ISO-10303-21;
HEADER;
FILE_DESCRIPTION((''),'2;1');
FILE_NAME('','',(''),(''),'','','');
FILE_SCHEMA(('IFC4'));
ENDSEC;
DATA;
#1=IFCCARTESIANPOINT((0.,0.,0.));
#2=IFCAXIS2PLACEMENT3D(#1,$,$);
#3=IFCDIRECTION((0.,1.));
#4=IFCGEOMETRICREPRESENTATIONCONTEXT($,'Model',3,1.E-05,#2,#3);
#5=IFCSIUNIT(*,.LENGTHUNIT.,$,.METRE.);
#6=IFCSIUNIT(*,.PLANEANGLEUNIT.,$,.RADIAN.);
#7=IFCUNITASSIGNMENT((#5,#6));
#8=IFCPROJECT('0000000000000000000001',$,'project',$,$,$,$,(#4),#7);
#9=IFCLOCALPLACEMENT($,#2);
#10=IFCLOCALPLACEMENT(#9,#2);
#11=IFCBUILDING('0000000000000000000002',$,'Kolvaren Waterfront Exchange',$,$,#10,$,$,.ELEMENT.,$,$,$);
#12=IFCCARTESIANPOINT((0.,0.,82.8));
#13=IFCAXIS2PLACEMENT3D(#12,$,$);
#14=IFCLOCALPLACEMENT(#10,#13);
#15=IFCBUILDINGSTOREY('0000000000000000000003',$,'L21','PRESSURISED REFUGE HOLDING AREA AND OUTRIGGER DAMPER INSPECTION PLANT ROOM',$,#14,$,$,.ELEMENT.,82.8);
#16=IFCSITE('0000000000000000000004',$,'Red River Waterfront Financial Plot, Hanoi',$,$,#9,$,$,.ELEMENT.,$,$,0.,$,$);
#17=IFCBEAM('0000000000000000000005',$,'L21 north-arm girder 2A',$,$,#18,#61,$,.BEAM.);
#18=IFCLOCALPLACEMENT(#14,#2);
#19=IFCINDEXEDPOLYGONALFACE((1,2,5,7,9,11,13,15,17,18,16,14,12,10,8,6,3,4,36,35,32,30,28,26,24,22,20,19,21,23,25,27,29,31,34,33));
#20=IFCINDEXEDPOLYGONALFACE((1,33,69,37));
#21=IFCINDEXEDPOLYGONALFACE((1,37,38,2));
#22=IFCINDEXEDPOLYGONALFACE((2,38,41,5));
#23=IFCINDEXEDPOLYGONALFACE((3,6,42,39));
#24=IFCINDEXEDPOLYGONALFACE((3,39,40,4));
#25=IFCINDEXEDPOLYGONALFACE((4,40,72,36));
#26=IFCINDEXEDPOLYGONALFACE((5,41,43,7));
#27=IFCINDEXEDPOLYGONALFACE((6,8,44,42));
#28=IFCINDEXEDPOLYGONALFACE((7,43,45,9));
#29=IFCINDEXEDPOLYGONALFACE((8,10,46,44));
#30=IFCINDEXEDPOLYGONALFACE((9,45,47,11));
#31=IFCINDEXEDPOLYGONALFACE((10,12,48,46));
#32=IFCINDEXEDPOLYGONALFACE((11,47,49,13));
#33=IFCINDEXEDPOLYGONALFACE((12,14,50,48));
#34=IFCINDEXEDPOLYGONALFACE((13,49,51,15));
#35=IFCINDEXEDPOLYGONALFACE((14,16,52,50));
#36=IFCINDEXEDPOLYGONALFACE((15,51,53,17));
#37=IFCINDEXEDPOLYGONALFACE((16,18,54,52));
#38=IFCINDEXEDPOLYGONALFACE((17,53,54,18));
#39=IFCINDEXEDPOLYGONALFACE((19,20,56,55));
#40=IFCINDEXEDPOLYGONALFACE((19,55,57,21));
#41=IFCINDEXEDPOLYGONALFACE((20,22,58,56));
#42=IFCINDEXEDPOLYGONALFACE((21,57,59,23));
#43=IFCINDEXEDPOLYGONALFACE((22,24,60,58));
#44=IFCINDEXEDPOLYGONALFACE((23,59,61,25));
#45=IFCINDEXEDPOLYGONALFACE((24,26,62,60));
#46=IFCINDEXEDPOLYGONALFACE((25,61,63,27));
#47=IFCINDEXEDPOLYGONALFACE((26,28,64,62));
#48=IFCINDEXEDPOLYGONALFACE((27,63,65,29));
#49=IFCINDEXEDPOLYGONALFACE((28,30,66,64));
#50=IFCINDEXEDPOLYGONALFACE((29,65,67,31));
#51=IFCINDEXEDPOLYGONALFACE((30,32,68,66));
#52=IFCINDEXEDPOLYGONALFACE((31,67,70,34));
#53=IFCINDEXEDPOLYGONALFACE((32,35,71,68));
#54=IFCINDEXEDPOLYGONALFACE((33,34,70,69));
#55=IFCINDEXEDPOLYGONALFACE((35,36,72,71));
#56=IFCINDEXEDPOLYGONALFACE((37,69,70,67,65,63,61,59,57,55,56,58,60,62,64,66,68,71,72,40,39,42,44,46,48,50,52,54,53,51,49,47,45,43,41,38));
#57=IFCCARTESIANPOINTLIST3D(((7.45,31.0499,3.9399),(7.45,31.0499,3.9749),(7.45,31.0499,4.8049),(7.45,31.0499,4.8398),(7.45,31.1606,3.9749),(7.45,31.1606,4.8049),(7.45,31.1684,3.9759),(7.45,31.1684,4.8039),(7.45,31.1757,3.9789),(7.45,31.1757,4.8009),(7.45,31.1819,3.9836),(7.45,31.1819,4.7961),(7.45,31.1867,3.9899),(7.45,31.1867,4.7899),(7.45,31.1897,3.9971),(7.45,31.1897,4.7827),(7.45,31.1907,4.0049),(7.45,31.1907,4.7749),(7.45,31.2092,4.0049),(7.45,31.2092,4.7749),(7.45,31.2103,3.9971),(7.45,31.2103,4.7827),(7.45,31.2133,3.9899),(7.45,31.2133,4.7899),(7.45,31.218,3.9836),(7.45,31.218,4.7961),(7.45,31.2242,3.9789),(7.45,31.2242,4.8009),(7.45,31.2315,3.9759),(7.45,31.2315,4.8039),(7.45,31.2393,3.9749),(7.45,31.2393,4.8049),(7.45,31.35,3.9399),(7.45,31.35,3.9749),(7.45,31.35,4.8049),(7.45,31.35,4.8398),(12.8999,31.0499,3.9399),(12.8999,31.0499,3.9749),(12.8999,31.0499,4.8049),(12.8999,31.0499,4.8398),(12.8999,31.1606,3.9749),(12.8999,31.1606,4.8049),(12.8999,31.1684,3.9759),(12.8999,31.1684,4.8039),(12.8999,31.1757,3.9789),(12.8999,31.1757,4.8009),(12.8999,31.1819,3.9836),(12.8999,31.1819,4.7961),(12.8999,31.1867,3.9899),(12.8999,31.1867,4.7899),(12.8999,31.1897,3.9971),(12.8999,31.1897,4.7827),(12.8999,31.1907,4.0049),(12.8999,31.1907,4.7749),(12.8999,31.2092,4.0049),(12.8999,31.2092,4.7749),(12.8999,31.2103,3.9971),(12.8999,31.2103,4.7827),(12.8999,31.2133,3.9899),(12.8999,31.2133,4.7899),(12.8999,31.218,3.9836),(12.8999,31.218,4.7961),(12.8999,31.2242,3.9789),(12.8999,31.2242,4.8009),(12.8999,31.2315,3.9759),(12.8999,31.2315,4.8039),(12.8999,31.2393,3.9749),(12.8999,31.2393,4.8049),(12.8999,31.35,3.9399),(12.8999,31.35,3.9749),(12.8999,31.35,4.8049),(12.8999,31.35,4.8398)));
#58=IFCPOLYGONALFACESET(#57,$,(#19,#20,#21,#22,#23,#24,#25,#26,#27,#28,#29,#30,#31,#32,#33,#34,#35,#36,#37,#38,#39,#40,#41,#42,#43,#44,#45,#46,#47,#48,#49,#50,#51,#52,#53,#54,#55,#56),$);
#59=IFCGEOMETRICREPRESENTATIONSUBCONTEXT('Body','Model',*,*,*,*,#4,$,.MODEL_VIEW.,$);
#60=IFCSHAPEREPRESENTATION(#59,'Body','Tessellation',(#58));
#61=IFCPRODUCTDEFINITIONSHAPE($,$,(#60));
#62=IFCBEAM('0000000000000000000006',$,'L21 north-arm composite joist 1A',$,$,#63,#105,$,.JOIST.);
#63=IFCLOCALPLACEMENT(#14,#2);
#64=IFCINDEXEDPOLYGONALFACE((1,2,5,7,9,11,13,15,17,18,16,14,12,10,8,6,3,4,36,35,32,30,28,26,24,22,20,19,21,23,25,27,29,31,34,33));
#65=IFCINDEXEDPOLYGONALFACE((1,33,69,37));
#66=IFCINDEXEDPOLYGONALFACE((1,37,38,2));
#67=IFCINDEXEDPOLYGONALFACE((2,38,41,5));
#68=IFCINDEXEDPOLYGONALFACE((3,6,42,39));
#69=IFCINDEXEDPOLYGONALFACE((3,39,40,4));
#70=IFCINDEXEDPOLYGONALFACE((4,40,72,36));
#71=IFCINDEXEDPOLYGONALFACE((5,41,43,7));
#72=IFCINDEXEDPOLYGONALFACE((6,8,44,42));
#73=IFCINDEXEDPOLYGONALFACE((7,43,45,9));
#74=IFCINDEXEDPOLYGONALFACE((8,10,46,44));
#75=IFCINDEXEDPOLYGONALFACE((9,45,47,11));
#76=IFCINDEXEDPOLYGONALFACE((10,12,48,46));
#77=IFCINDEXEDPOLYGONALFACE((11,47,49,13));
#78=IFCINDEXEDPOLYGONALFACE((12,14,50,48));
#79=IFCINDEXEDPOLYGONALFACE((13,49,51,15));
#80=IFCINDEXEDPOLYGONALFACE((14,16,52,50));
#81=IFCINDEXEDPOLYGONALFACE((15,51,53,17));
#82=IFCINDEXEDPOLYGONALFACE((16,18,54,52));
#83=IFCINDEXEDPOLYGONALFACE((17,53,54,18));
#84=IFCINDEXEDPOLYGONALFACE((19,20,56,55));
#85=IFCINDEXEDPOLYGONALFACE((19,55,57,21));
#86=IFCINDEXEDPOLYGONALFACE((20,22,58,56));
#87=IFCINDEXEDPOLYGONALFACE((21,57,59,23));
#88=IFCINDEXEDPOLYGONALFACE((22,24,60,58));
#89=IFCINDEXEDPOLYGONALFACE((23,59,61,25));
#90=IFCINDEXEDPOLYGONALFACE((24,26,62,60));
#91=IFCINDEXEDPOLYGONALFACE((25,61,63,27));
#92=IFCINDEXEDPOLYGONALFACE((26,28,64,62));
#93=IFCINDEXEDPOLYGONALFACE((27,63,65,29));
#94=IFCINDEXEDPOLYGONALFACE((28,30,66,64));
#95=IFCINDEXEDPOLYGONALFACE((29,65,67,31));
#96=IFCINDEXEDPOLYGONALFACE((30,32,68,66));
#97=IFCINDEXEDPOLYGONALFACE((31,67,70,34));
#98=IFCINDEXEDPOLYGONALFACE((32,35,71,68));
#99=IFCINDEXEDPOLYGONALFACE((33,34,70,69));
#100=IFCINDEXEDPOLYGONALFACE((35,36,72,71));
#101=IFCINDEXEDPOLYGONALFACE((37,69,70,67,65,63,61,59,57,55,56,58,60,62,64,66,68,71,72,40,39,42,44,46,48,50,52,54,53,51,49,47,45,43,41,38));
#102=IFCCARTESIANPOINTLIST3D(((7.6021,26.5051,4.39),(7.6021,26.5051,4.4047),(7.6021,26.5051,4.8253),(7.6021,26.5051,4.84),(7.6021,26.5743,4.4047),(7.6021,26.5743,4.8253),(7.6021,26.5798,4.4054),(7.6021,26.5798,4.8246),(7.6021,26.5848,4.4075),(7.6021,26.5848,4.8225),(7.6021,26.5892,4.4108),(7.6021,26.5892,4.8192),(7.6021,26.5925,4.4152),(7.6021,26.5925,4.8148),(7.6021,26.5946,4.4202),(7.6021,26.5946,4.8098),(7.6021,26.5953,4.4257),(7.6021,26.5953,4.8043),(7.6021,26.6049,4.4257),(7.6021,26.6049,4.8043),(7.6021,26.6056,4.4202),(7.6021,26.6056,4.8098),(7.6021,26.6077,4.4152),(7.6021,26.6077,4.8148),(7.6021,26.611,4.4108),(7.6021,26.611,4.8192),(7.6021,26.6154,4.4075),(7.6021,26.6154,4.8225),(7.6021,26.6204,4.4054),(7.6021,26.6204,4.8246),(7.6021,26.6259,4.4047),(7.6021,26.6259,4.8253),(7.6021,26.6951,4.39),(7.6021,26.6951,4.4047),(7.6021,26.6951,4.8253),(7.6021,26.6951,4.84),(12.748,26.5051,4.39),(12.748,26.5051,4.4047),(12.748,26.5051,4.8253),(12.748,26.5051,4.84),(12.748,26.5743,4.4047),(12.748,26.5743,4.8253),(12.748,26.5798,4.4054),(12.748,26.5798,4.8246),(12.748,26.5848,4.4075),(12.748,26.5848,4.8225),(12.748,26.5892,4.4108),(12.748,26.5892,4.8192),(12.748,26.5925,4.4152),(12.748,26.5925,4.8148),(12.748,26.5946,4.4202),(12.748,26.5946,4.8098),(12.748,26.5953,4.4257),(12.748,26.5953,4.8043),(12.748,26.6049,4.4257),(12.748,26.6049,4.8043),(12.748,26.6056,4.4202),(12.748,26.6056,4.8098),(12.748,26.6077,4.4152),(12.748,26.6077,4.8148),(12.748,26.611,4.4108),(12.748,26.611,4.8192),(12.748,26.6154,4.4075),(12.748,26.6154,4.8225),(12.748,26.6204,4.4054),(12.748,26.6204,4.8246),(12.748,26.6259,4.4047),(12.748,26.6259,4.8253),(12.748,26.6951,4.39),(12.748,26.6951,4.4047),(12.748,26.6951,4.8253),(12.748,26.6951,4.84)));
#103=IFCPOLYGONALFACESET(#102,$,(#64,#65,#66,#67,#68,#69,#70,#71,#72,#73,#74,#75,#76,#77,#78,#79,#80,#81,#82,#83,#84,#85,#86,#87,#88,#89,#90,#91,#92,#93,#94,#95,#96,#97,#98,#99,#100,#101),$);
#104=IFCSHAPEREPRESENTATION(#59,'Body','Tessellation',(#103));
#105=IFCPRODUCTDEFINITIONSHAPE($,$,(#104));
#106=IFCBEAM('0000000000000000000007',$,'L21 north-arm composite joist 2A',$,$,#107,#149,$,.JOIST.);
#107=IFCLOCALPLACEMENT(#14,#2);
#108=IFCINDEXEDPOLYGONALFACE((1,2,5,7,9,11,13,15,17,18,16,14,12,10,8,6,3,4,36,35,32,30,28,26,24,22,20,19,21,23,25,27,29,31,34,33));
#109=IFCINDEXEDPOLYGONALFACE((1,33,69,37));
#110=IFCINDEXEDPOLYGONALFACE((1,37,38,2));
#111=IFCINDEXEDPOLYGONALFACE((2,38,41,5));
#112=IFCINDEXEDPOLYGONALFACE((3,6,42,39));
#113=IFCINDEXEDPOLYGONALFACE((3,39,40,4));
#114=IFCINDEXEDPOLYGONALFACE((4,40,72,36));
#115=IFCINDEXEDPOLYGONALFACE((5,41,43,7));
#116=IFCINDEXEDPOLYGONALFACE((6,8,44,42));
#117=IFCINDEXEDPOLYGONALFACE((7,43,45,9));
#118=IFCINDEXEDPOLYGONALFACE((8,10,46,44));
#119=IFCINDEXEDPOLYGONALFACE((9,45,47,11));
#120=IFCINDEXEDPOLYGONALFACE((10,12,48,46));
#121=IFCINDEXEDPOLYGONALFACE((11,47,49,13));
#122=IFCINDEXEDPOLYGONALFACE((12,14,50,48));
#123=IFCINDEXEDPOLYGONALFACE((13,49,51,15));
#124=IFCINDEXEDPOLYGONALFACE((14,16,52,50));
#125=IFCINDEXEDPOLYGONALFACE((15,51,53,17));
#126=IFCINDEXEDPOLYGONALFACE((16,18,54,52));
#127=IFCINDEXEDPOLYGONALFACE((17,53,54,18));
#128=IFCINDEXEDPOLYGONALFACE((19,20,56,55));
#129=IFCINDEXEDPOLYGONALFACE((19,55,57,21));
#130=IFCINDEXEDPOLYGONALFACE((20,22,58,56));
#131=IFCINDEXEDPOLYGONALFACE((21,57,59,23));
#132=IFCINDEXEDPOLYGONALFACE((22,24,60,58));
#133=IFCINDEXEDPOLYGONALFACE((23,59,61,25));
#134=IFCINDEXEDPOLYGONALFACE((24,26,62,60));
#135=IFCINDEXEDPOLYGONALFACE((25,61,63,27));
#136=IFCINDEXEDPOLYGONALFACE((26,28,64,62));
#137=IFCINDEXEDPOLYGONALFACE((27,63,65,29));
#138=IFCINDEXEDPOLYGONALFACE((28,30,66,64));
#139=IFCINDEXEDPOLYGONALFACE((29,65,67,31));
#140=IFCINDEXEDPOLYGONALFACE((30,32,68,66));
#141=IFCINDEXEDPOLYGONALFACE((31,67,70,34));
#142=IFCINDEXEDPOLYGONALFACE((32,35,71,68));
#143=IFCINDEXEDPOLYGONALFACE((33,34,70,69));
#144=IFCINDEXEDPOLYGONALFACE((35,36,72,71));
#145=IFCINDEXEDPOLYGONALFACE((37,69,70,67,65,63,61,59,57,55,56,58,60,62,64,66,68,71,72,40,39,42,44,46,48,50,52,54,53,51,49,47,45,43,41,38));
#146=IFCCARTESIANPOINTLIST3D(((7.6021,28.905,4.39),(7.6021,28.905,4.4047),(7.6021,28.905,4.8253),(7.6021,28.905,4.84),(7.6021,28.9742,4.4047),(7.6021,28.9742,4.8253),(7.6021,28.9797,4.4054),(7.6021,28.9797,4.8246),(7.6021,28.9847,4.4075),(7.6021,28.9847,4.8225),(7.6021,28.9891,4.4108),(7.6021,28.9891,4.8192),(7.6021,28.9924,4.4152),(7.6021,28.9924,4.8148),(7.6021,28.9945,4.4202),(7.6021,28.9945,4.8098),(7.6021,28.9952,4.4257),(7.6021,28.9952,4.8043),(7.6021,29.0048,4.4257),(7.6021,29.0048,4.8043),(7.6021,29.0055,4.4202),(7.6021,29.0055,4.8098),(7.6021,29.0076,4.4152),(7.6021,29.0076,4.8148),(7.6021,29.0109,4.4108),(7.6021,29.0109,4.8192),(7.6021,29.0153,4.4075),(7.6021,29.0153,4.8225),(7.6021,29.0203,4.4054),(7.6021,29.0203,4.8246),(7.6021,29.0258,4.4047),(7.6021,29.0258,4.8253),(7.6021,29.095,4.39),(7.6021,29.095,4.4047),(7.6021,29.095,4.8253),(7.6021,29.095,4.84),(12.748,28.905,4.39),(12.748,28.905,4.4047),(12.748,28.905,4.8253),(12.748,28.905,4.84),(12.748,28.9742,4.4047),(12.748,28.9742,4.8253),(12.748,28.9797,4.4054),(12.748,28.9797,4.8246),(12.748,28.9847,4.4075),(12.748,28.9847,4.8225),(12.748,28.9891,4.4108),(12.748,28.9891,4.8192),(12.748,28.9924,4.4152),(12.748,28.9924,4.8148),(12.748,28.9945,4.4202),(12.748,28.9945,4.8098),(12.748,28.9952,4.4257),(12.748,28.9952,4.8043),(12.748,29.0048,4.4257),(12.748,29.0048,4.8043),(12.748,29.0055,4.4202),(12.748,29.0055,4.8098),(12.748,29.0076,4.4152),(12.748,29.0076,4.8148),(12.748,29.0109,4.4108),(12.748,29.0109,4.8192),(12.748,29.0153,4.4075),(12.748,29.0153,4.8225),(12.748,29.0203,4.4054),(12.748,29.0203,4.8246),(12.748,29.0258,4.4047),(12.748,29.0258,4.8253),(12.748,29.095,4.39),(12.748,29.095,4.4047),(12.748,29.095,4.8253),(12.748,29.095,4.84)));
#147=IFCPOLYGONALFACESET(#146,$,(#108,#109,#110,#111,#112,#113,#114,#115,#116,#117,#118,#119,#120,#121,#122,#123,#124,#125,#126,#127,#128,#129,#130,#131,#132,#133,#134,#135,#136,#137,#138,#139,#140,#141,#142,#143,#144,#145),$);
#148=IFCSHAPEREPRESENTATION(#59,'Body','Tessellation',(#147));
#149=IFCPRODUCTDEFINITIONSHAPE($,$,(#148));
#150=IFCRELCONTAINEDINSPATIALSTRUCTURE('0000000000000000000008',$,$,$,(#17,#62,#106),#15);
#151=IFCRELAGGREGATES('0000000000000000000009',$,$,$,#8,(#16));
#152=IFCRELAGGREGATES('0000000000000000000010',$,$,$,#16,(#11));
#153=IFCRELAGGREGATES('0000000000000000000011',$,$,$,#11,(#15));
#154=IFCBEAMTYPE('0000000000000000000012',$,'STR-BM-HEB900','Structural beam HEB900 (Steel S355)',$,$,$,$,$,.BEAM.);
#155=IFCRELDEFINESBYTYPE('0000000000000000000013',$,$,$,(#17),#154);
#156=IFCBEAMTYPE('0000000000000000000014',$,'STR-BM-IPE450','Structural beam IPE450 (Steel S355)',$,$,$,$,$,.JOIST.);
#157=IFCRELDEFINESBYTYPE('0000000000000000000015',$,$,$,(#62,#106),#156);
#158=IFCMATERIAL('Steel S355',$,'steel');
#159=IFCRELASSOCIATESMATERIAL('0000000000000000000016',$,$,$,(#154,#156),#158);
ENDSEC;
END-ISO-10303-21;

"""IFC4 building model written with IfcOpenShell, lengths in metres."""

from ifc_helpers import new_model, si_unit, direction, frame, origin, origin_2d, place, context, subcontext, project, spatial, i_section, extrude, material, material_profile, profile_set, type_object, element, save


model = new_model("IFC4")

# Units and contexts
model_context = context("Model", 3, precision=1e-05, world=origin(), true_north=direction((0.0, 1.0)))
body_context = subcontext(model_context, "Body", "Model", "MODEL_VIEW")
ifc_project = project(units=[si_unit("LENGTHUNIT", "METRE"), si_unit("PLANEANGLEUNIT", "RADIAN")], contexts=[model_context])

# Site, building, storey
site_placement = place(None, origin())
site = spatial("IfcSite", under=ifc_project, at=site_placement, Name="Red River Waterfront Financial Plot, Hanoi", CompositionType="ELEMENT", RefElevation=0.0)
building_placement = place(site_placement, origin())
building = spatial("IfcBuilding", under=site, at=building_placement, Name="Kolvaren Waterfront Exchange", CompositionType="ELEMENT")
storey_placement = place(building_placement, frame((0.0, 0.0, 82.8)))
storey = spatial("IfcBuildingStorey", under=building, at=storey_placement, Name="L21", Description="PRESSURISED REFUGE HOLDING AREA AND OUTRIGGER DAMPER INSPECTION PLANT ROOM", CompositionType="ELEMENT", Elevation=82.8)

# Beams
ifc_material_1 = material(Name="Steel S355", Category="steel")
ifc_material_profile_1 = material_profile(ifc_material_1, i_section(OverallWidth=0.3, OverallDepth=0.8999, WebThickness=0.0186, FlangeThickness=0.0349, FilletRadius=0.03, at=origin_2d()), Name="HEB900")
ifc_profile_set_1 = profile_set([ifc_material_profile_1], Name="Steel S355")
beam_type_1 = type_object("IfcBeamType", Name="STR-BM-HEB900", Description="Structural beam HEB900 (Steel S355)", PredefinedType="BEAM", material=ifc_profile_set_1)
for number, where, z_axis, x_axis, name in (
    (1, (7.45, 31.2, 4.3899), (1.0, 0.0, 0.0), (0.0, 1.0, 0.0), "L21 north-arm girder 2A"),
):
    element("IfcBeam", number, at=place(storey_placement, frame(where, z_axis=z_axis, x_axis=x_axis)), inside=storey, type_object=beam_type_1, Name=name, PredefinedType="BEAM", context=body_context, shape_type="SweptSolid", body=[
        extrude(i_section(OverallWidth=0.3, OverallDepth=0.8999, WebThickness=0.0186, FlangeThickness=0.0349, FilletRadius=0.03, at=origin_2d()), origin(), (0.0, 0.0, 1.0), 5.45),
    ])
ifc_material_profile_2 = material_profile(ifc_material_1, i_section(OverallWidth=0.1899, OverallDepth=0.45, WebThickness=0.0095, FlangeThickness=0.0146, FilletRadius=0.021, at=origin_2d()), Name="IPE450")
ifc_profile_set_2 = profile_set([ifc_material_profile_2], Name="Steel S355")
beam_type_2 = type_object("IfcBeamType", Name="STR-BM-IPE450", Description="Structural beam IPE450 (Steel S355)", PredefinedType="JOIST", material=ifc_profile_set_2)
for number, where, z_axis, x_axis, name in (
    (2, (7.6021, 26.6001, 4.615), (1.0, 0.0, 0.0), (0.0, 1.0, 0.0), "L21 north-arm composite joist 1A"),
    (3, (7.6021, 29.0, 4.615), (1.0, 0.0, 0.0), (0.0, 1.0, 0.0), "L21 north-arm composite joist 2A"),
):
    element("IfcBeam", number, at=place(storey_placement, frame(where, z_axis=z_axis, x_axis=x_axis)), inside=storey, type_object=beam_type_2, Name=name, PredefinedType="JOIST", context=body_context, shape_type="SweptSolid", body=[
        extrude(i_section(OverallWidth=0.1899, OverallDepth=0.45, WebThickness=0.0095, FlangeThickness=0.0146, FilletRadius=0.021, at=origin_2d()), origin(), (0.0, 0.0, 1.0), 5.146),
    ])

save(model, "model.ifc")
